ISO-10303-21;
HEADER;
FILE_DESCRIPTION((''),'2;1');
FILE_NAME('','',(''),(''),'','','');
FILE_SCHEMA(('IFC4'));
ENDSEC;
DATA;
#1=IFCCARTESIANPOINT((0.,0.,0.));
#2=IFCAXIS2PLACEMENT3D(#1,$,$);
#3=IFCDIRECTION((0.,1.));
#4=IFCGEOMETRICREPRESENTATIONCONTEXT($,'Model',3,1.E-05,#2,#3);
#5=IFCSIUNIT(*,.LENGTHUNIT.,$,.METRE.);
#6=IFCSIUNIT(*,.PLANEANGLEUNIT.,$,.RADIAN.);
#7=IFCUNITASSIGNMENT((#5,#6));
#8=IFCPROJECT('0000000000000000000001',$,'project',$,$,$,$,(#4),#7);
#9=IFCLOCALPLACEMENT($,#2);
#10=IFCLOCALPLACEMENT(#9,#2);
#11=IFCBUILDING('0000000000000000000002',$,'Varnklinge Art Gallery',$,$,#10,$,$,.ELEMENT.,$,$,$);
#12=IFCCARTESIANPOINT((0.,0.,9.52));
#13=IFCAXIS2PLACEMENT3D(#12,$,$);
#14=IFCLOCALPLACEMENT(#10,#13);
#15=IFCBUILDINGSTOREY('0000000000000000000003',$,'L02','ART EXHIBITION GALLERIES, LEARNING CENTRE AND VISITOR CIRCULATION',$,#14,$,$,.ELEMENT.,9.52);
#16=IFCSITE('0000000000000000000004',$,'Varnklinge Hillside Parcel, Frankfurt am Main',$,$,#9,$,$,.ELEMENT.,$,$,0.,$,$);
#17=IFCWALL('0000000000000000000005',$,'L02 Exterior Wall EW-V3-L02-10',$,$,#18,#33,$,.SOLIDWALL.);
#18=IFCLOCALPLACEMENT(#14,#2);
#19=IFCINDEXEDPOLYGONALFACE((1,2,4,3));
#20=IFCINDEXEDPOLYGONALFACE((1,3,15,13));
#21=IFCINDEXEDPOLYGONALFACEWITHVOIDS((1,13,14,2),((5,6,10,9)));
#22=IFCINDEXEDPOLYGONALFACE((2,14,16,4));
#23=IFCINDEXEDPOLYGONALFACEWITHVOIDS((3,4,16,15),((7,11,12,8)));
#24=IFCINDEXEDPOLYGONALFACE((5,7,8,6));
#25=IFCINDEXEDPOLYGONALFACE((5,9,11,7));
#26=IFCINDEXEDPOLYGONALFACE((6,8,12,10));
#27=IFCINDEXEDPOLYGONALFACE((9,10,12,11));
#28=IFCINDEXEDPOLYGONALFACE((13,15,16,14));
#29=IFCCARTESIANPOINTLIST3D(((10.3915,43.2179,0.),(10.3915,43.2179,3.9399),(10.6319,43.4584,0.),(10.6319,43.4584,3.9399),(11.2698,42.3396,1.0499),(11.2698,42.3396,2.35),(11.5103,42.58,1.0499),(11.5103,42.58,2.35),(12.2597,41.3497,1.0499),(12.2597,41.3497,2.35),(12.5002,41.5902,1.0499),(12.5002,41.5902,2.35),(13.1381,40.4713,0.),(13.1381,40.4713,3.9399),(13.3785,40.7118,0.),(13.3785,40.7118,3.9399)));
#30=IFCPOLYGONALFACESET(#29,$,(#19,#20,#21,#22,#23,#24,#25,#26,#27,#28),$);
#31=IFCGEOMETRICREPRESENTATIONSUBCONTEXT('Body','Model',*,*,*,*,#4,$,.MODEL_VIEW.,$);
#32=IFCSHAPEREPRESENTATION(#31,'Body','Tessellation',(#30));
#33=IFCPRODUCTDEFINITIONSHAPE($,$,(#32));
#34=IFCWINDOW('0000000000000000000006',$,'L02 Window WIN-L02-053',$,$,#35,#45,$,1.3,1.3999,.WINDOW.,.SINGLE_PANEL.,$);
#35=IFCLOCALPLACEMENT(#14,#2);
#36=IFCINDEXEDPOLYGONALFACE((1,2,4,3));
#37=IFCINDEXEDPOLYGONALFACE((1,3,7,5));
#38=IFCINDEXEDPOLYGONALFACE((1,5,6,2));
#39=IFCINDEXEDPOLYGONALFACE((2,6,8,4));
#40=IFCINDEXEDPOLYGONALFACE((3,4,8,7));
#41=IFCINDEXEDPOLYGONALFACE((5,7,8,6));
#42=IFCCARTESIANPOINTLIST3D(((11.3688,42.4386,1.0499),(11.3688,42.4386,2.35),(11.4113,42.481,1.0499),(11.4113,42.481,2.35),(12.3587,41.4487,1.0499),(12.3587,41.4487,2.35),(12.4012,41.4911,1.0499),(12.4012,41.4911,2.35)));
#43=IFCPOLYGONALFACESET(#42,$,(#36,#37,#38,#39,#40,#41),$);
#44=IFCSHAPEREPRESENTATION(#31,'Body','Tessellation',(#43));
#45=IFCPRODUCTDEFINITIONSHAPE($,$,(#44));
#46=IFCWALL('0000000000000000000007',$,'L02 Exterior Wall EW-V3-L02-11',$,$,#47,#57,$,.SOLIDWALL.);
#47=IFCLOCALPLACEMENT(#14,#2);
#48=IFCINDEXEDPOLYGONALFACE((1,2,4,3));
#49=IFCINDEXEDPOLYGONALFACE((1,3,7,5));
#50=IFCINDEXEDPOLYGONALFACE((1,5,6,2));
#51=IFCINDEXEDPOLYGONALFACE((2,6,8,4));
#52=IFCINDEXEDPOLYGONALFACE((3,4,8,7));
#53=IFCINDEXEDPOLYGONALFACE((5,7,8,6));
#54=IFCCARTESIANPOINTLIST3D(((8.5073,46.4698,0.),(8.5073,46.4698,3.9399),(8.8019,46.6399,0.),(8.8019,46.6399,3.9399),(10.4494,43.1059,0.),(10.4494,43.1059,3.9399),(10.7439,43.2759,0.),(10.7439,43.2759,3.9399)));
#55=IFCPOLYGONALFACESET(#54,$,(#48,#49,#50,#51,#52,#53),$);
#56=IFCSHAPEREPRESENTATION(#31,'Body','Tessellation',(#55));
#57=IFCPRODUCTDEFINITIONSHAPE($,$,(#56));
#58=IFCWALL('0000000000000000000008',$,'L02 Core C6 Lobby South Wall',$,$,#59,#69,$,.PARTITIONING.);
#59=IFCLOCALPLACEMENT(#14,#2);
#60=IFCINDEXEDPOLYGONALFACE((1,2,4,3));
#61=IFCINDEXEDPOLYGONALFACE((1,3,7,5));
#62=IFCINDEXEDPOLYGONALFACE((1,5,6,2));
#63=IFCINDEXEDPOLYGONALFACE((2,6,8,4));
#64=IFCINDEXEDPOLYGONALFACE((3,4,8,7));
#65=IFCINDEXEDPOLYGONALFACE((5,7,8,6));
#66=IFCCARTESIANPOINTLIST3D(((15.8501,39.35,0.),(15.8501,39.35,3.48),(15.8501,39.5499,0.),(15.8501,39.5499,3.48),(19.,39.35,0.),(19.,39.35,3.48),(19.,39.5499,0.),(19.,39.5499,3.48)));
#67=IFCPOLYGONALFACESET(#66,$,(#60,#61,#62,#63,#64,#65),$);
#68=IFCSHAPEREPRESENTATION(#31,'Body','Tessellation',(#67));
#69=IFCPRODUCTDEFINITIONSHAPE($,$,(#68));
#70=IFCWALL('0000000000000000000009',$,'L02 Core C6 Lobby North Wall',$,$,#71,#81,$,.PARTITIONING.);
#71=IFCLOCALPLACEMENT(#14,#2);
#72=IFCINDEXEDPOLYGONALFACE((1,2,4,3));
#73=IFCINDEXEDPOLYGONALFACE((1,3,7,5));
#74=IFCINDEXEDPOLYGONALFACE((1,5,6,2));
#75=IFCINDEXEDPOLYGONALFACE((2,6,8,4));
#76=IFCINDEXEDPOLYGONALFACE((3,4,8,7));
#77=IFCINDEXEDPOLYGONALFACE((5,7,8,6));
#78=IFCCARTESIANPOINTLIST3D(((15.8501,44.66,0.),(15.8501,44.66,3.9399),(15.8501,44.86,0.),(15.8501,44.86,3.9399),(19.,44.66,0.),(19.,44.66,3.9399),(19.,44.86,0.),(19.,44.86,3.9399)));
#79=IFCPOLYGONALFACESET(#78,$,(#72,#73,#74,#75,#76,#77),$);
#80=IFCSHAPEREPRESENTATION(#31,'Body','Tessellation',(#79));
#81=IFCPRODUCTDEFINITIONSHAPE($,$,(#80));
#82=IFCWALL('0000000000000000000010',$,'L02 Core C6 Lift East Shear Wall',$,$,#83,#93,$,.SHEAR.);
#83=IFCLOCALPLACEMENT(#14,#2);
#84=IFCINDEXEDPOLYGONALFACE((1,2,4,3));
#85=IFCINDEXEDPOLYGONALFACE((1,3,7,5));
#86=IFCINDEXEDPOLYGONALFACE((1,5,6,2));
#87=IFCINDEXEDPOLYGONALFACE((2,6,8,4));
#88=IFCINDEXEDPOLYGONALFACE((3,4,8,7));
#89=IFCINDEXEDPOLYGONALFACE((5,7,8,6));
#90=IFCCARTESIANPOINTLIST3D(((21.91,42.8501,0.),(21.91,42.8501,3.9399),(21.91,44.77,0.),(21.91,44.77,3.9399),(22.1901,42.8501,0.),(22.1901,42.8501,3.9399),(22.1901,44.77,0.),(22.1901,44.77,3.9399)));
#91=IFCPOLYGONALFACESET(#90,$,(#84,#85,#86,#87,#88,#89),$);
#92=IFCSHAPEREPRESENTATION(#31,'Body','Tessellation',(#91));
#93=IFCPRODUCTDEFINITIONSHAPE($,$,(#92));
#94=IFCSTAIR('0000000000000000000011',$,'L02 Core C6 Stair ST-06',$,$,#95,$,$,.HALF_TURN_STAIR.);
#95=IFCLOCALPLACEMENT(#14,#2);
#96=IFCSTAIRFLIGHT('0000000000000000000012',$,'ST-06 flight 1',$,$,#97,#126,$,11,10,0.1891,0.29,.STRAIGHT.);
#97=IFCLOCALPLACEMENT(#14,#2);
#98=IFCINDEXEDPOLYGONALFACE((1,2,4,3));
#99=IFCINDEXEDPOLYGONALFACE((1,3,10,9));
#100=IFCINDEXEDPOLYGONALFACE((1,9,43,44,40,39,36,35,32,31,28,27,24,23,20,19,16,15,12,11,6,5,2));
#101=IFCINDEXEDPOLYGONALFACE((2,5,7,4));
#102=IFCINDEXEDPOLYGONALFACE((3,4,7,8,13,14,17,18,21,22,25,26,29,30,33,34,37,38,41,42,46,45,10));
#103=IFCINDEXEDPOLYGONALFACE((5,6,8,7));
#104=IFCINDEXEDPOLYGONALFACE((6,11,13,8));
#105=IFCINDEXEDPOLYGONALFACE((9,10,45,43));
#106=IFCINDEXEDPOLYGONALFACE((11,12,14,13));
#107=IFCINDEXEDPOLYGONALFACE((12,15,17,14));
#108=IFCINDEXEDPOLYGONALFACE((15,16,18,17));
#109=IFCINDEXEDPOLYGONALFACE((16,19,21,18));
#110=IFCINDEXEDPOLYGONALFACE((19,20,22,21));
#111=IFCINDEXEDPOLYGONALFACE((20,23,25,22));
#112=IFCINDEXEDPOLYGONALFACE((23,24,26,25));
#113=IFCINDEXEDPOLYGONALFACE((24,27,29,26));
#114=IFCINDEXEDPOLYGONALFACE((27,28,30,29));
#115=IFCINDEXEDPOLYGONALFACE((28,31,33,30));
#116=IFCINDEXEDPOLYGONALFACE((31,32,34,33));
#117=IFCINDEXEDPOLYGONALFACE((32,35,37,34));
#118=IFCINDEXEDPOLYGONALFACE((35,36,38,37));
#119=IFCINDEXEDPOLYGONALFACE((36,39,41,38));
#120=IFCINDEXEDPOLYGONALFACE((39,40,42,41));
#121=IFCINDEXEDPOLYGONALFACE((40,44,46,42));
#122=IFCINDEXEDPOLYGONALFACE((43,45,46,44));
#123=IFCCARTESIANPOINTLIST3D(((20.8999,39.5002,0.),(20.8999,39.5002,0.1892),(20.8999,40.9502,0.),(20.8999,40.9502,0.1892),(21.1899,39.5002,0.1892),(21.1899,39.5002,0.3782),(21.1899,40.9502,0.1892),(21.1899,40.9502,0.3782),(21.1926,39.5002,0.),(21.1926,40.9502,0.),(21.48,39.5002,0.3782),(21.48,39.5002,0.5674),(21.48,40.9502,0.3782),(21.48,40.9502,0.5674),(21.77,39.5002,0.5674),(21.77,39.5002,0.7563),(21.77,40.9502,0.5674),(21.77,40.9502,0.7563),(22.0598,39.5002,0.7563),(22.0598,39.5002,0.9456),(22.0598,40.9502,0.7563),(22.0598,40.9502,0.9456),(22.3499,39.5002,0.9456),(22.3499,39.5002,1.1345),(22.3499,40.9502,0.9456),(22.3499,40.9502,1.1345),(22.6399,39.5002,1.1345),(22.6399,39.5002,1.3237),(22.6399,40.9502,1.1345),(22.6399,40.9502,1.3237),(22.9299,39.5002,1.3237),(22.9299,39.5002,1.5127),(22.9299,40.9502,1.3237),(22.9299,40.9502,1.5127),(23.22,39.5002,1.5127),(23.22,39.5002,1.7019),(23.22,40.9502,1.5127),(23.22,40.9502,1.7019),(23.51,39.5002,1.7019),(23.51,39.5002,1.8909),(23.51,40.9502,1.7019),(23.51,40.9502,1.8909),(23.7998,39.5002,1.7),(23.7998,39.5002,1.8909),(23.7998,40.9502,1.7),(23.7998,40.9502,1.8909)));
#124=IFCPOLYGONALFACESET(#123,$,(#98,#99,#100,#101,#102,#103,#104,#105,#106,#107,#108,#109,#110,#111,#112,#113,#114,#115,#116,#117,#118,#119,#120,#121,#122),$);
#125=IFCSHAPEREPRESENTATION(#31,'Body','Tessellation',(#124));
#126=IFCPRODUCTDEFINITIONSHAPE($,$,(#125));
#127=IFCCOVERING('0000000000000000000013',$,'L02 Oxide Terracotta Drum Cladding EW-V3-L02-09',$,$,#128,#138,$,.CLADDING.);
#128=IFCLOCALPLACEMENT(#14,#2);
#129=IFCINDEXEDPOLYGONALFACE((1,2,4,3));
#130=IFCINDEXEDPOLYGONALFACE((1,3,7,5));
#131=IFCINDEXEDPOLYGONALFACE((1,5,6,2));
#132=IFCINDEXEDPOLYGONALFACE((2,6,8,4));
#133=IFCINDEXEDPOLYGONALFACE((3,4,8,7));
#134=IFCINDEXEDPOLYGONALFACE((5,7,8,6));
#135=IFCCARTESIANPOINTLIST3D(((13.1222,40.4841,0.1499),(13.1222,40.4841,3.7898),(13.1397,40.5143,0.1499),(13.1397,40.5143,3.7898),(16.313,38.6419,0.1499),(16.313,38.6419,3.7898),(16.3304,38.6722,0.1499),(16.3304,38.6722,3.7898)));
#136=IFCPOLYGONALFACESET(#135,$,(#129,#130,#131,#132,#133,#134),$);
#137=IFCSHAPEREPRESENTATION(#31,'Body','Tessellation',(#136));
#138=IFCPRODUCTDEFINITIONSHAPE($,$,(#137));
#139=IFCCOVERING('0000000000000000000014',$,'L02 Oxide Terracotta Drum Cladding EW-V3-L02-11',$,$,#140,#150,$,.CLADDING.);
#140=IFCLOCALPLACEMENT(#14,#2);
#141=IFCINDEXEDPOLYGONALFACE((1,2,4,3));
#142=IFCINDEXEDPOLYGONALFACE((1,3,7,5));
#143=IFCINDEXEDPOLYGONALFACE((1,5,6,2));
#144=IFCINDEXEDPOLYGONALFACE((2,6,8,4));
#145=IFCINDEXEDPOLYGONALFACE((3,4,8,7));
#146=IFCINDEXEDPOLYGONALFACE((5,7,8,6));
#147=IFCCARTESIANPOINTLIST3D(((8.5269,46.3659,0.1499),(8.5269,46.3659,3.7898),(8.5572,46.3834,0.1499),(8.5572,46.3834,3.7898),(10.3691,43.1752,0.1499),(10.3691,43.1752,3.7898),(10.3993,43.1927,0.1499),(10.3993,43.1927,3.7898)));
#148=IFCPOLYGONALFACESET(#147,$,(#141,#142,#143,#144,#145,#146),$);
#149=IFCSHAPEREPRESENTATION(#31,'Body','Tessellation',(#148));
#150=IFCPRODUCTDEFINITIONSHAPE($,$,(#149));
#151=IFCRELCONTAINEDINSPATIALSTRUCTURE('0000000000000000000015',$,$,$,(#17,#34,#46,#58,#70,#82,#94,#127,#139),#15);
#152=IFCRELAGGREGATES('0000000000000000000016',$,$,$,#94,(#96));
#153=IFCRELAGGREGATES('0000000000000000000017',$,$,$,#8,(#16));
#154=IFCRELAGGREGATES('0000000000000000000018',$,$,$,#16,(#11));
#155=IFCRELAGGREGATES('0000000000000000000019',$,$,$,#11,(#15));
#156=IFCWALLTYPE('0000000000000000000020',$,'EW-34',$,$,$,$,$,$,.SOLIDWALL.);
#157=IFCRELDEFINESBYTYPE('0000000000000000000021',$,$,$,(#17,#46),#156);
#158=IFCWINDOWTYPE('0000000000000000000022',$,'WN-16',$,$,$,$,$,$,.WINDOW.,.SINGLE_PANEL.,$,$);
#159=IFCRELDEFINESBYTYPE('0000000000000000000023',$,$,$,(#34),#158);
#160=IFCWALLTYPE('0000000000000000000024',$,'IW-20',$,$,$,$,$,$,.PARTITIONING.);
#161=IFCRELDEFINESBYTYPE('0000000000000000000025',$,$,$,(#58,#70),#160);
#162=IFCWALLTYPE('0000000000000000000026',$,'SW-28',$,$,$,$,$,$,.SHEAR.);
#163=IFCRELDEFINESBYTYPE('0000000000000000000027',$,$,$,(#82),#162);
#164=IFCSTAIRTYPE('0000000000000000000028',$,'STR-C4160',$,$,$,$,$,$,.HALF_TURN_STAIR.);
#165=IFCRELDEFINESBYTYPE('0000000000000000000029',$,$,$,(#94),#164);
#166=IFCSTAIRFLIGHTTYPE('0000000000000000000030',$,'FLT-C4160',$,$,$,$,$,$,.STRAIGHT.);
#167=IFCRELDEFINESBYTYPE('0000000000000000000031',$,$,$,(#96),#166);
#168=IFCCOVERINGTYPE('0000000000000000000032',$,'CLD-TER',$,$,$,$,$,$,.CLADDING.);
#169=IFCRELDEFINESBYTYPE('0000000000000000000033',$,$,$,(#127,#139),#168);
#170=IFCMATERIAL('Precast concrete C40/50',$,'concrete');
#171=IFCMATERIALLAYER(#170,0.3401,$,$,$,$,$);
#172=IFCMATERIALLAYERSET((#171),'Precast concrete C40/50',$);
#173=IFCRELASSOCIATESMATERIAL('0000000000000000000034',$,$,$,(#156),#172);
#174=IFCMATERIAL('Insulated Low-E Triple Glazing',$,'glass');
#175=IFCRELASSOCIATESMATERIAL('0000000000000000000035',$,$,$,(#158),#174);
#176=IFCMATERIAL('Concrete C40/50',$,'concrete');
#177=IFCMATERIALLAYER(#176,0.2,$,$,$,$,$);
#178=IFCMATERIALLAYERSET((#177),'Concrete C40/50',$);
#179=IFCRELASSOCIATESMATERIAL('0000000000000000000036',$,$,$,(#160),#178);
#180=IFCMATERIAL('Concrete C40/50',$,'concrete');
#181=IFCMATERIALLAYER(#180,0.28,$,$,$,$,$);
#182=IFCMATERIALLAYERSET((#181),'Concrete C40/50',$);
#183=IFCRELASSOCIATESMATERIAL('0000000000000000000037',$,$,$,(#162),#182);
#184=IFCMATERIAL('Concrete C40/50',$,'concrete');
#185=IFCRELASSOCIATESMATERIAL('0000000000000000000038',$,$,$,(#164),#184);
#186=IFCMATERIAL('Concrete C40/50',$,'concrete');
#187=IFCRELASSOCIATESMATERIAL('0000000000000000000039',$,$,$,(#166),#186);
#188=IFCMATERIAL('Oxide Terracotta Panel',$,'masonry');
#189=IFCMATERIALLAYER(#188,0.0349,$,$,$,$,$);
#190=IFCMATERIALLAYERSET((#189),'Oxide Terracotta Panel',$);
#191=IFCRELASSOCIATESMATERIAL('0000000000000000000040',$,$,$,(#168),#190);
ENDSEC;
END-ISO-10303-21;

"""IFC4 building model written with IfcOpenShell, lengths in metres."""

from ifc_helpers import new_model, si_unit, direction, frame, frame_2d, origin, origin_2d, place, context, subcontext, project, spatial, polyline, rectangle, outline, extrude, material, layer, layer_set, type_object, element, fill, aggregate, save


model = new_model("IFC4")

# Units and contexts
model_context = context("Model", 3, precision=1e-05, world=origin(), true_north=direction((0.0, 1.0)))
body_context = subcontext(model_context, "Body", "Model", "MODEL_VIEW")
ifc_project = project(units=[si_unit("LENGTHUNIT", "METRE"), si_unit("PLANEANGLEUNIT", "RADIAN")], contexts=[model_context])

# Site, building, storey
site_placement = place(None, origin())
site = spatial("IfcSite", under=ifc_project, at=site_placement, Name="Varnklinge Hillside Parcel, Frankfurt am Main", CompositionType="ELEMENT", RefElevation=0.0)
building_placement = place(site_placement, origin())
building = spatial("IfcBuilding", under=site, at=building_placement, Name="Varnklinge Art Gallery", CompositionType="ELEMENT")
storey_placement = place(building_placement, frame((0.0, 0.0, 9.52)))
storey = spatial("IfcBuildingStorey", under=building, at=storey_placement, Name="L02", Description="ART EXHIBITION GALLERIES, LEARNING CENTRE AND VISITOR CIRCULATION", CompositionType="ELEMENT", Elevation=9.52)

# Wall, opening, window
ifc_material_1 = material(Name="Precast concrete C40/50", Category="concrete")
ifc_layer_1 = layer(ifc_material_1, 0.3401)
ifc_layer_set_1 = layer_set([ifc_layer_1], Name="Precast concrete C40/50")
wall_type_1 = type_object("IfcWallType", Name="EW-34", PredefinedType="SOLIDWALL", material=ifc_layer_set_1)
wall_1_placement = place(storey_placement, frame((13.2583, 40.5916, 0.0), z_axis=(0.0, 0.0, 1.0), x_axis=(-0.707107, 0.707107, 0.0)))
wall_1 = element("IfcWall", 1, at=wall_1_placement, inside=storey, type_object=wall_type_1, Name="L02 Exterior Wall EW-V3-L02-10", PredefinedType="SOLIDWALL", context=body_context, shape_type="SweptSolid", body=[
    extrude(rectangle(XDim=3.8843, YDim=0.3401, at=frame_2d((1.9421, 0.0))), origin(), (0.0, 0.0, 1.0), 3.9399),
])
opening_1_placement = place(wall_1_placement, frame((1.2422, 0.0, 1.05)))
opening_1 = element("IfcOpeningElement", 2, at=opening_1_placement, cuts=wall_1, PredefinedType="OPENING", context=body_context, shape_type="SweptSolid", body=[
    extrude(rectangle(XDim=1.3999, YDim=1.3, at=frame_2d((0.7, 0.6499))), frame((0.0, 0.1799, 0.0), z_axis=(0.0, -1.0, 0.0), x_axis=(1.0, 0.0, 0.0)), (0.0, 0.0, 1.0), 0.3601),
])
ifc_material_2 = material(Name="Insulated Low-E Triple Glazing", Category="glass")
window_type = type_object("IfcWindowType", Name="WN-16", PartitioningType="SINGLE_PANEL", PredefinedType="WINDOW", material=ifc_material_2)
window_placement = place(opening_1_placement, origin())
window = element("IfcWindow", 3, at=window_placement, inside=storey, type_object=window_type, Name="L02 Window WIN-L02-053", OverallHeight=1.3, OverallWidth=1.3999, PartitioningType="SINGLE_PANEL", PredefinedType="WINDOW", context=body_context, shape_type="SweptSolid", body=[
    extrude(rectangle(XDim=1.3999, YDim=1.3, at=frame_2d((0.7, 0.6499))), frame((0.0, 0.03, 0.0), z_axis=(0.0, -1.0, 0.0), x_axis=(1.0, 0.0, 0.0)), (0.0, 0.0, 1.0), 0.0601),
])
fill(opening_1, window)

# Walls
wall_2_placement = place(storey_placement, frame((10.5967, 43.1909, 0.0), z_axis=(0.0, 0.0, 1.0), x_axis=(-0.499985, 0.866034, 0.0)))
element("IfcWall", 4, at=wall_2_placement, inside=storey, type_object=wall_type_1, Name="L02 Exterior Wall EW-V3-L02-11", PredefinedType="SOLIDWALL", context=body_context, shape_type="SweptSolid", body=[
    extrude(rectangle(XDim=3.8843, YDim=0.3401, at=frame_2d((1.9421, 0.0))), origin(), (0.0, 0.0, 1.0), 3.9399),
])
ifc_material_3 = material(Name="Concrete C40/50", Category="concrete")
ifc_layer_2 = layer(ifc_material_3, 0.2)
ifc_layer_set_2 = layer_set([ifc_layer_2], Name="Concrete C40/50")
wall_type_2 = type_object("IfcWallType", Name="IW-20", PredefinedType="PARTITIONING", material=ifc_layer_set_2)
wall_3_placement = place(storey_placement, frame((15.8501, 39.45, 0.0), z_axis=(0.0, 0.0, 1.0), x_axis=(1.0, 0.0, 0.0)))
element("IfcWall", 5, at=wall_3_placement, inside=storey, type_object=wall_type_2, Name="L02 Core C6 Lobby South Wall", PredefinedType="PARTITIONING", context=body_context, shape_type="SweptSolid", body=[
    extrude(rectangle(XDim=3.1499, YDim=0.2, at=frame_2d((1.575, 0.0))), origin(), (0.0, 0.0, 1.0), 3.48),
])
wall_4_placement = place(storey_placement, frame((19.0, 44.76, 0.0), z_axis=(0.0, 0.0, 1.0), x_axis=(-1.0, 0.0, 0.0)))
element("IfcWall", 6, at=wall_4_placement, inside=storey, type_object=wall_type_2, Name="L02 Core C6 Lobby North Wall", PredefinedType="PARTITIONING", context=body_context, shape_type="SweptSolid", body=[
    extrude(rectangle(XDim=3.1499, YDim=0.2, at=frame_2d((1.575, 0.0))), origin(), (0.0, 0.0, 1.0), 3.9399),
])
ifc_material_4 = material(Name="Concrete C40/50", Category="concrete")
ifc_layer_3 = layer(ifc_material_4, 0.28)
ifc_layer_set_3 = layer_set([ifc_layer_3], Name="Concrete C40/50")
wall_type_3 = type_object("IfcWallType", Name="SW-28", PredefinedType="SHEAR", material=ifc_layer_set_3)
wall_5_placement = place(storey_placement, frame((22.05, 42.8501, 0.0), z_axis=(0.0, 0.0, 1.0), x_axis=(0.0, 1.0, 0.0)))
element("IfcWall", 7, at=wall_5_placement, inside=storey, type_object=wall_type_3, Name="L02 Core C6 Lift East Shear Wall", PredefinedType="SHEAR", context=body_context, shape_type="SweptSolid", body=[
    extrude(rectangle(XDim=1.9199, YDim=0.28, at=frame_2d((0.96, 0.0))), origin(), (0.0, 0.0, 1.0), 3.9399),
])

# Stair, stair flight
ifc_material_5 = material(Name="Concrete C40/50", Category="concrete")
stair_type = type_object("IfcStairType", Name="STR-C4160", PredefinedType="HALF_TURN_STAIR", material=ifc_material_5)
stair_placement = place(storey_placement, origin())
stair = element("IfcStair", 8, at=stair_placement, inside=storey, type_object=stair_type, Name="L02 Core C6 Stair ST-06", PredefinedType="HALF_TURN_STAIR")
ifc_material_6 = material(Name="Concrete C40/50", Category="concrete")
stair_flight_type = type_object("IfcStairFlightType", Name="FLT-C4160", PredefinedType="STRAIGHT", material=ifc_material_6)
stair_flight_placement = place(storey_placement, frame((20.8999, 40.2251, 0.0), z_axis=(0.0, 0.0, 1.0), x_axis=(1.0, 0.0, 0.0)))
stair_flight = element("IfcStairFlight", 9, at=stair_flight_placement, type_object=stair_flight_type, Name="ST-06 flight 1", NumberOfRisers=11, NumberOfTreads=10, PredefinedType="STRAIGHT", RiserHeight=0.1891, TreadLength=0.29, context=body_context, shape_type="SweptSolid", body=[
    extrude(outline(polyline([(0.0, 0.0), (0.0, 0.1892), (0.29, 0.1892), (0.29, 0.3782), (0.5801, 0.3782), (0.5801, 0.5674), (0.8701, 0.5674), (0.8701, 0.7563), (1.1599, 0.7563), (1.1599, 0.9456), (1.45, 0.9456), (1.45, 1.1345), (1.74, 1.1345), (1.74, 1.3237), (2.03, 1.3237), (2.03, 1.5127), (2.3201, 1.5127), (2.3201, 1.7019), (2.6101, 1.7019), (2.6101, 1.8909), (2.8999, 1.8909), (2.8999, 2.0801), (2.8999, 1.7), (0.2927, 0.0), (0.0, 0.0)])), frame((0.0, 0.7251, 0.0), z_axis=(0.0, -1.0, 0.0), x_axis=(1.0, 0.0, 0.0)), (0.0, 0.0, 1.0), 1.45),
])
aggregate(stair, [stair_flight])

# Coverings
ifc_material_7 = material(Name="Oxide Terracotta Panel", Category="masonry")
ifc_layer_4 = layer(ifc_material_7, 0.0349)
ifc_layer_set_4 = layer_set([ifc_layer_4], Name="Oxide Terracotta Panel")
covering_type = type_object("IfcCoveringType", Name="CLD-TER", PredefinedType="CLADDING", material=ifc_layer_set_4)
for number, where, z_axis, x_axis, name in (
    (10, (14.7263, 39.5781, 0.1499), (0.0, 0.0, 1.0), (-0.866025, 0.5, 0.0), "L02 Oxide Terracotta Drum Cladding EW-V3-L02-09"),
    (11, (9.4631, 44.7793, 0.1499), (0.0, 0.0, 1.0), (-0.5, 0.866025, 0.0), "L02 Oxide Terracotta Drum Cladding EW-V3-L02-11"),
):
    element("IfcCovering", number, at=place(storey_placement, frame(where, z_axis=z_axis, x_axis=x_axis)), inside=storey, type_object=covering_type, Name=name, PredefinedType="CLADDING", context=body_context, shape_type="SweptSolid", body=[
        extrude(rectangle(XDim=3.6843, YDim=0.0349, at=origin_2d()), origin(), (0.0, 0.0, 1.0), 3.6399),
    ])

save(model, "model.ifc")
